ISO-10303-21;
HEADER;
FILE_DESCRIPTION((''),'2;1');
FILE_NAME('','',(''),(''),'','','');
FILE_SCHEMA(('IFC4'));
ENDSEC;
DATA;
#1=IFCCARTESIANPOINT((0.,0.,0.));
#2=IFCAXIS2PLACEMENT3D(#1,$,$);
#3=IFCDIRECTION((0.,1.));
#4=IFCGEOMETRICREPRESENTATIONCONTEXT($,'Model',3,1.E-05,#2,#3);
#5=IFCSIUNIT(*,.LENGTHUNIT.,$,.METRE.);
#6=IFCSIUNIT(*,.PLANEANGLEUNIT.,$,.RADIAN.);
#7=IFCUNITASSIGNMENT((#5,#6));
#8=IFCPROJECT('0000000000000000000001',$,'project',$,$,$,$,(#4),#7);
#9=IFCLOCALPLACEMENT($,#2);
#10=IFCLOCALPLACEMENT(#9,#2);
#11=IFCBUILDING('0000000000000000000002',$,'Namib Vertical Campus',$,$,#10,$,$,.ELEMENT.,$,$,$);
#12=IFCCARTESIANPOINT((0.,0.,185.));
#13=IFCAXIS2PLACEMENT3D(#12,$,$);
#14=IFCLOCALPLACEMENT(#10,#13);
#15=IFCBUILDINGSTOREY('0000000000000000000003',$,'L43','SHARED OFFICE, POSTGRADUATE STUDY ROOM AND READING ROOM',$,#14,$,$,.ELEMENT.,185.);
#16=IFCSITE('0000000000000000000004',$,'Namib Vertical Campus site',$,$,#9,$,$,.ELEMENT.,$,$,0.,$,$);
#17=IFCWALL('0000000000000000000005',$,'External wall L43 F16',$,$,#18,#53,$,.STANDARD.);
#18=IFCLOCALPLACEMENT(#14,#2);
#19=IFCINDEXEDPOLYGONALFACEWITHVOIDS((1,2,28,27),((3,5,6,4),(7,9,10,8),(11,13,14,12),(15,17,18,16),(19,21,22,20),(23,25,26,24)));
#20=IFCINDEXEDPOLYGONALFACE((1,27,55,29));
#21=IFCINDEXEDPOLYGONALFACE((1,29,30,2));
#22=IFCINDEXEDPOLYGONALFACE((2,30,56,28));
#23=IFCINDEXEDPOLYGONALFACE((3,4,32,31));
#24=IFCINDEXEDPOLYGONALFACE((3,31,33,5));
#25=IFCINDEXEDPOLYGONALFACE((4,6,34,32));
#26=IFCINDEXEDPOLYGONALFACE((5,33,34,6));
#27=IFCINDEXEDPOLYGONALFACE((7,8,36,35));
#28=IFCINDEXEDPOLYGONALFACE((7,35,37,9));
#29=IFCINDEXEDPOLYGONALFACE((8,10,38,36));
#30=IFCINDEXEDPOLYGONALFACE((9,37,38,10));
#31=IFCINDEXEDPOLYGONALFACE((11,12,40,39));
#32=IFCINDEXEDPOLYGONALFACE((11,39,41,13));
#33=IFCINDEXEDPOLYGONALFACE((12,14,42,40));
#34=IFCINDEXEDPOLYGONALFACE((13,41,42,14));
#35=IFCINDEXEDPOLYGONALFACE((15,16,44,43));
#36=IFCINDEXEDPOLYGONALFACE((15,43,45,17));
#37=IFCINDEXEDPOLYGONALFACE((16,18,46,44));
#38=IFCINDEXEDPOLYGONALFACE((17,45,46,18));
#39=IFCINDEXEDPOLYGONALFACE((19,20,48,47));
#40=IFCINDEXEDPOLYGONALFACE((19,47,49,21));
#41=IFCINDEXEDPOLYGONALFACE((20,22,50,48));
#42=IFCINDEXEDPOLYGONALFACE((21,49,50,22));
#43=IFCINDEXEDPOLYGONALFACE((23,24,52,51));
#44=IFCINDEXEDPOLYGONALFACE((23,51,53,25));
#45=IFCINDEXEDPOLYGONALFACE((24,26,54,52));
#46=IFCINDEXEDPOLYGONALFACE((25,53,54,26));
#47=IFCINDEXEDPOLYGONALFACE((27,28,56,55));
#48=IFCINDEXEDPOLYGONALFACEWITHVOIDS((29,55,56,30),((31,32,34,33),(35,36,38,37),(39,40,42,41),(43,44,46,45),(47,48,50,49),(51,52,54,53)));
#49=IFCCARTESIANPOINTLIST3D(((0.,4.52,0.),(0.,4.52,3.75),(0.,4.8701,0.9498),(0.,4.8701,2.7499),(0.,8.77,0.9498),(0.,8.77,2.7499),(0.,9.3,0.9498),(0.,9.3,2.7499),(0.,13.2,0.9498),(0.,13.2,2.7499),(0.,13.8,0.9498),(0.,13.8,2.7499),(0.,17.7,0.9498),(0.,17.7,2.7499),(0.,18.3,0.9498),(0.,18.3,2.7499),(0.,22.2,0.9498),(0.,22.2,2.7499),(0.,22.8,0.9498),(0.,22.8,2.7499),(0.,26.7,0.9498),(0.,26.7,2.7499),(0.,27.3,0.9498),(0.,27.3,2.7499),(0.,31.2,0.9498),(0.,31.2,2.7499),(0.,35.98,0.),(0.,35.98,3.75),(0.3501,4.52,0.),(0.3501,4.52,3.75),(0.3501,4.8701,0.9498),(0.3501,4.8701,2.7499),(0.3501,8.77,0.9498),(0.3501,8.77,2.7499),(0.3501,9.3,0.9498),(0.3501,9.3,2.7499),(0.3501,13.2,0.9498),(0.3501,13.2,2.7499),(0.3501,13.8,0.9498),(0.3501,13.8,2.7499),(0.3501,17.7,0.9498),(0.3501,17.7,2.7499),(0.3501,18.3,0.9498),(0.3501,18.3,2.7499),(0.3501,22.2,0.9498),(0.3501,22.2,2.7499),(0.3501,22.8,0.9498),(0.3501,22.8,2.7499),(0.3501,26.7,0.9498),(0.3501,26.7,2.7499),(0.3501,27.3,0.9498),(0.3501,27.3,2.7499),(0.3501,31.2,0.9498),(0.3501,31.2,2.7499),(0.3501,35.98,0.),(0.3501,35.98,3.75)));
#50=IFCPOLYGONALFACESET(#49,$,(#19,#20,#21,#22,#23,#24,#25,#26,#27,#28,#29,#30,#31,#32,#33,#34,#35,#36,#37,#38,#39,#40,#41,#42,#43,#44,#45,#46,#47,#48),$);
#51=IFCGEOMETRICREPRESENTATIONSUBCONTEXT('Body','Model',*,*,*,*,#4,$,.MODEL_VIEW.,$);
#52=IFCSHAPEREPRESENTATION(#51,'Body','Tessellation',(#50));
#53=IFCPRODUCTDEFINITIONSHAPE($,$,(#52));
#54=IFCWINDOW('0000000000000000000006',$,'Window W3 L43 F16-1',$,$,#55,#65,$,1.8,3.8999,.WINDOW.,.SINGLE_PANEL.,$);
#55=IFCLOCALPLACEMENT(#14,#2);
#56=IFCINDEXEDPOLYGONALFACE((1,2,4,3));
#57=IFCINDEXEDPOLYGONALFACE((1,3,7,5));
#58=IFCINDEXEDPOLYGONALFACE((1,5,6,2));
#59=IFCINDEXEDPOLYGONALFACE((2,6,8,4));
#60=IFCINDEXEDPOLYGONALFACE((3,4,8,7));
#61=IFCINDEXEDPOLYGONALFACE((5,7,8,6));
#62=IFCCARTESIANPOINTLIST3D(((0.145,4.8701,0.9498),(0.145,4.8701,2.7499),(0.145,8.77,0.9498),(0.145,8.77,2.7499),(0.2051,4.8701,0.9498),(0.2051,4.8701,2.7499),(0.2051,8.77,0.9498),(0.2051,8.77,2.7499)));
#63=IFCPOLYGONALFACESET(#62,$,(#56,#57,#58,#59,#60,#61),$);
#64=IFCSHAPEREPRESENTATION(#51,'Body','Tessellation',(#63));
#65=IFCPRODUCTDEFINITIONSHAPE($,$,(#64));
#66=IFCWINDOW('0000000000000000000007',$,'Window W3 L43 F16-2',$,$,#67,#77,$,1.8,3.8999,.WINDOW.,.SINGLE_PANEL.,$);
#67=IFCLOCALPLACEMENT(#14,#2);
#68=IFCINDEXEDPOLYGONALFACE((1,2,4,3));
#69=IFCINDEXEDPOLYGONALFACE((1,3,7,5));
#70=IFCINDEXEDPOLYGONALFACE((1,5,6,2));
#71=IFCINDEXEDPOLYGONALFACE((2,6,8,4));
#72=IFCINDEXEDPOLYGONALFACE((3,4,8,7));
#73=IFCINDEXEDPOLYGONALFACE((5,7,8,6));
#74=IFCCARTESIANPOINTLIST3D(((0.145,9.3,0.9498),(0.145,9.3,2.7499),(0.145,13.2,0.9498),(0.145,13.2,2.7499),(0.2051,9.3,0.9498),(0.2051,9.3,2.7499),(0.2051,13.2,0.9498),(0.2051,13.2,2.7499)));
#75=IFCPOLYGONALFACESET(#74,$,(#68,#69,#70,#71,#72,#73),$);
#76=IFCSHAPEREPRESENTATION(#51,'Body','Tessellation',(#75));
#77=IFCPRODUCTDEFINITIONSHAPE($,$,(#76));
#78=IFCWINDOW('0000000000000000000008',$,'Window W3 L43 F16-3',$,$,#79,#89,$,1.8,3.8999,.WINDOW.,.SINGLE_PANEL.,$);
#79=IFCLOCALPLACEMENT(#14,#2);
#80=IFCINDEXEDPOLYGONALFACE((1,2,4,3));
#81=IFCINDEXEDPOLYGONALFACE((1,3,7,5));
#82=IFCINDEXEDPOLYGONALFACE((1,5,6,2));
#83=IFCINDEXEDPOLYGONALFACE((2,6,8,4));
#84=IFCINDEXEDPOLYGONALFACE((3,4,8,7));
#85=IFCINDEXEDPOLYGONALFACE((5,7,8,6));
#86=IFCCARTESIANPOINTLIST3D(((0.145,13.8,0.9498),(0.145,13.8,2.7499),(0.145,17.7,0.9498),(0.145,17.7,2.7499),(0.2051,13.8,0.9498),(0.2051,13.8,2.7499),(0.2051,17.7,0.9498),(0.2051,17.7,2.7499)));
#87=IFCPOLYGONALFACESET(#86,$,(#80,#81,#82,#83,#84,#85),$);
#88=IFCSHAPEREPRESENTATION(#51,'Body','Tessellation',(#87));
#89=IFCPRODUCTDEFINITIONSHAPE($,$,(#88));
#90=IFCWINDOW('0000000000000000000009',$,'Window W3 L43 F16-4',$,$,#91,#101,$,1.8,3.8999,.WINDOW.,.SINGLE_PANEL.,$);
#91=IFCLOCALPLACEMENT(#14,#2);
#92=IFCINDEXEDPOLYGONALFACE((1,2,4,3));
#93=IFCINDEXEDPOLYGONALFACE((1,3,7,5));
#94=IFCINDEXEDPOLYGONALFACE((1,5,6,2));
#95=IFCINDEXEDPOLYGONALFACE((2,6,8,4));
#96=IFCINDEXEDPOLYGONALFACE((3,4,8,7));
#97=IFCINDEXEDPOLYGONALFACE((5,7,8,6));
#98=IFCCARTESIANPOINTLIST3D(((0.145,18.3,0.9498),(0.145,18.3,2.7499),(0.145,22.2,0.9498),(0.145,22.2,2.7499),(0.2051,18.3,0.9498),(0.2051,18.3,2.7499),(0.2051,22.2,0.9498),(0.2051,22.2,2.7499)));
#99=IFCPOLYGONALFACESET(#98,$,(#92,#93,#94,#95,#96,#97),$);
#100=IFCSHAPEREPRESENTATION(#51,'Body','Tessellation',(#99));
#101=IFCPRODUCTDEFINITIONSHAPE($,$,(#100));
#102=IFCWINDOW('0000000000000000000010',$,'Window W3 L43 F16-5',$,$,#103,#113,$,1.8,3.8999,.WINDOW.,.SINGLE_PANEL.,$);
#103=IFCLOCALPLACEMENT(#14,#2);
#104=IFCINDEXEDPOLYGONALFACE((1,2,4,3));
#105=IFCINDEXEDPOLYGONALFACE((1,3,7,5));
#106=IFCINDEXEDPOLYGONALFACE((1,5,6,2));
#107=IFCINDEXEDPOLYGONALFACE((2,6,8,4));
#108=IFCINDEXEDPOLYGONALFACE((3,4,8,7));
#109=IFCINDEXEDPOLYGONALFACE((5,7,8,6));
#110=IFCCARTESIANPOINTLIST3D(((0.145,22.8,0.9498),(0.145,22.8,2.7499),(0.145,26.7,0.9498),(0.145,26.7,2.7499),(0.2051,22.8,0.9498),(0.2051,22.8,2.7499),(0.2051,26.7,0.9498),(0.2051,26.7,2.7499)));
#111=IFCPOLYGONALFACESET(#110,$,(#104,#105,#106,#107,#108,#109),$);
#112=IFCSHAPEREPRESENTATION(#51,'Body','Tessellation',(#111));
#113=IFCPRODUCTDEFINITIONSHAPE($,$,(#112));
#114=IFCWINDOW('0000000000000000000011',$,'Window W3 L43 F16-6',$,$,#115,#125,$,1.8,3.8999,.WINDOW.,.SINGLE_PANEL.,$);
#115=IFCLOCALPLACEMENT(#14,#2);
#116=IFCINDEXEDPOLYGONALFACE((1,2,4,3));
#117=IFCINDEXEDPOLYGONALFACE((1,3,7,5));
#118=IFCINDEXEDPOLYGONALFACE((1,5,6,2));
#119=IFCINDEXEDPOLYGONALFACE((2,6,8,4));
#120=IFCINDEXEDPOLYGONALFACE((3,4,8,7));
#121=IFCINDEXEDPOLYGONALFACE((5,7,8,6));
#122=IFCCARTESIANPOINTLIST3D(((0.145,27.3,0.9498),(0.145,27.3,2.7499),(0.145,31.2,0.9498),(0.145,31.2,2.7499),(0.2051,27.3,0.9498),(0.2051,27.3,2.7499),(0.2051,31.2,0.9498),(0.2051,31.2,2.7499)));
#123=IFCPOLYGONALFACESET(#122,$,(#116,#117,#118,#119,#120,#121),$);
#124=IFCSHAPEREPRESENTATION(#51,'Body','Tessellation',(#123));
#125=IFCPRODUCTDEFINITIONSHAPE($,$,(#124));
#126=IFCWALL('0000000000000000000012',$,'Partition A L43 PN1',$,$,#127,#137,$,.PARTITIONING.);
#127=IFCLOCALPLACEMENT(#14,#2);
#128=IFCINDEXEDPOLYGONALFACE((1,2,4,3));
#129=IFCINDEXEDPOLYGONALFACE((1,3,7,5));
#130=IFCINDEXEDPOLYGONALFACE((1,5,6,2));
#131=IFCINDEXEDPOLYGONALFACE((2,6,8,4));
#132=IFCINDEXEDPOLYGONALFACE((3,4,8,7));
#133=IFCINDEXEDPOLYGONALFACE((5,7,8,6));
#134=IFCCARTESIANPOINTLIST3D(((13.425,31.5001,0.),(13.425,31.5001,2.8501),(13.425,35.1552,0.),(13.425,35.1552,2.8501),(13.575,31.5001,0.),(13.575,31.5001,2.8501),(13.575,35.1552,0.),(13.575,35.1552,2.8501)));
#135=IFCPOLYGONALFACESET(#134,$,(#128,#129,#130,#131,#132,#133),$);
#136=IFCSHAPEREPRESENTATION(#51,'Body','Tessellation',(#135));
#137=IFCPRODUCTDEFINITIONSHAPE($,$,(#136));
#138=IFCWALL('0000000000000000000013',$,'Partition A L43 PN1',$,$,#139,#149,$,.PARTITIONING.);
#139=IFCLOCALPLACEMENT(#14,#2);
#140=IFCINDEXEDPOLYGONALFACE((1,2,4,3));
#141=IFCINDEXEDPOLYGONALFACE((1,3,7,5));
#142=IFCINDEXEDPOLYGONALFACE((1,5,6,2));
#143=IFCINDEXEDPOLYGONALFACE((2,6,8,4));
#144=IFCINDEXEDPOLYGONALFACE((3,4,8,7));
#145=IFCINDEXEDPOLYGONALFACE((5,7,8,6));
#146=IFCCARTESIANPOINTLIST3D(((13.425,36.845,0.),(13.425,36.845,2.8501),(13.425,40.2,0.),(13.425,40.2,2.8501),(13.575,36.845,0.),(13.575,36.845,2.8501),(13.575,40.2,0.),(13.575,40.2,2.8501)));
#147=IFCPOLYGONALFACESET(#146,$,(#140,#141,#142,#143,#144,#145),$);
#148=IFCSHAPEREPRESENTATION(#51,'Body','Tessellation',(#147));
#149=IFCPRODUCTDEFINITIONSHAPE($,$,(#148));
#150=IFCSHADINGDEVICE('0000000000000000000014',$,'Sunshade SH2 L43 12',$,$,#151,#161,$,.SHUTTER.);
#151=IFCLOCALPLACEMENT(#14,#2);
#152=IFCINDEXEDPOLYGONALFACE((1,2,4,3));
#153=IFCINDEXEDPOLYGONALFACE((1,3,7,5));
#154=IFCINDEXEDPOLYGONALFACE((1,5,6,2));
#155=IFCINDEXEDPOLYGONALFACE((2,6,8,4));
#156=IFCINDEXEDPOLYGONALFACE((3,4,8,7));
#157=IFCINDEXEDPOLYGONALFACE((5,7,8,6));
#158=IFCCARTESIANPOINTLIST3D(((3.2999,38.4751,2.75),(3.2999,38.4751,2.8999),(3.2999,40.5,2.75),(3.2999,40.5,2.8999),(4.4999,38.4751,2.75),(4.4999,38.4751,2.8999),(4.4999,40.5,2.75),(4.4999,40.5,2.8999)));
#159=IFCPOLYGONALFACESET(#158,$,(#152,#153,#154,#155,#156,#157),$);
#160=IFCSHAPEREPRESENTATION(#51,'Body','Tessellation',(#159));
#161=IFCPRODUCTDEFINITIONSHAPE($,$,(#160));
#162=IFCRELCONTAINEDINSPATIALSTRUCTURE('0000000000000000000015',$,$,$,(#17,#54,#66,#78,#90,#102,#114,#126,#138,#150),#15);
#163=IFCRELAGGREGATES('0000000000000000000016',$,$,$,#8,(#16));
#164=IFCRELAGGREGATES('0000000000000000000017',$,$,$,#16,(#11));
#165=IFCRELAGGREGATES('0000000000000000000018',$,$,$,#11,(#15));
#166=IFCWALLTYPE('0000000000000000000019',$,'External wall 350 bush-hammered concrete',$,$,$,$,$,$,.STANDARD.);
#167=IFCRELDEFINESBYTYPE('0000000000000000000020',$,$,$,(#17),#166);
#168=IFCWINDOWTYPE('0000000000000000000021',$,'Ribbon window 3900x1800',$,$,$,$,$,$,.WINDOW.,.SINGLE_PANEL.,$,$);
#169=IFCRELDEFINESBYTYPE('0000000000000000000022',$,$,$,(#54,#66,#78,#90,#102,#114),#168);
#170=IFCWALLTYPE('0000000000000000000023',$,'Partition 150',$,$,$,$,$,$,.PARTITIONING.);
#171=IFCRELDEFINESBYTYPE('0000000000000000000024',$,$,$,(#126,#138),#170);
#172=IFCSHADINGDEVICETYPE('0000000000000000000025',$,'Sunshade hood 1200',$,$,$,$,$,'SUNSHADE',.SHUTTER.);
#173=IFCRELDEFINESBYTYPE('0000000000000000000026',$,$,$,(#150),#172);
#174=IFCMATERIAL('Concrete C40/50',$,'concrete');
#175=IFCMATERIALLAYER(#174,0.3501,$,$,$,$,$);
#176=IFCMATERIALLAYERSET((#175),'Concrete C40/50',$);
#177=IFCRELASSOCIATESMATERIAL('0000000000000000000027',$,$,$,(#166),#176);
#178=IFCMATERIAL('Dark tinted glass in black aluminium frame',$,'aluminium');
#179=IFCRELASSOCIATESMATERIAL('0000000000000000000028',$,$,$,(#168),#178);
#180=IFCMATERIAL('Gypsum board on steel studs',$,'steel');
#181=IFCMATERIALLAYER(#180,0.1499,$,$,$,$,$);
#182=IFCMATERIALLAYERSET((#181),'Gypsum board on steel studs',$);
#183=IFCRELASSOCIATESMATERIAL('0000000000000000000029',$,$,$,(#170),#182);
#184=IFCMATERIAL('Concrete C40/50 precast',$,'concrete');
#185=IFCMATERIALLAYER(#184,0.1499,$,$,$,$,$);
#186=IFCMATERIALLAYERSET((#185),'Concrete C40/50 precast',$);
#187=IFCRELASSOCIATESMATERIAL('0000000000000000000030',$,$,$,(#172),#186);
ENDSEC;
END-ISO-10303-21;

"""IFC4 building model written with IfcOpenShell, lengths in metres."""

from ifc_helpers import new_model, si_unit, direction, frame, frame_2d, origin, origin_2d, place, context, subcontext, project, spatial, rectangle, extrude, material, layer, layer_set, type_object, element, fill, save


model = new_model("IFC4")

# Units and contexts
model_context = context("Model", 3, precision=1e-05, world=origin(), true_north=direction((0.0, 1.0)))
body_context = subcontext(model_context, "Body", "Model", "MODEL_VIEW")
ifc_project = project(units=[si_unit("LENGTHUNIT", "METRE"), si_unit("PLANEANGLEUNIT", "RADIAN")], contexts=[model_context])

# Site, building, storey
site_placement = place(None, origin())
site = spatial("IfcSite", under=ifc_project, at=site_placement, Name="Namib Vertical Campus site", CompositionType="ELEMENT", RefElevation=0.0)
building_placement = place(site_placement, origin())
building = spatial("IfcBuilding", under=site, at=building_placement, Name="Namib Vertical Campus", CompositionType="ELEMENT")
storey_placement = place(building_placement, frame((0.0, 0.0, 185.0)))
storey = spatial("IfcBuildingStorey", under=building, at=storey_placement, Name="L43", Description="SHARED OFFICE, POSTGRADUATE STUDY ROOM AND READING ROOM", CompositionType="ELEMENT", Elevation=185.0)

# Shared definitions
ifc_material_1 = material(Name="Concrete C40/50", Category="concrete")
ifc_layer_1 = layer(ifc_material_1, 0.3501)
ifc_layer_set_1 = layer_set([ifc_layer_1], Name="Concrete C40/50")
wall_type_1 = type_object("IfcWallType", Name="External wall 350 bush-hammered concrete", PredefinedType="STANDARD", material=ifc_layer_set_1)

# Wall, openings, windows
wall_1_placement = place(storey_placement, frame((0.175, 35.98, 0.0), z_axis=(0.0, 0.0, 1.0), x_axis=(0.0, -1.0, 0.0)))
wall_1 = element("IfcWall", 1, at=wall_1_placement, inside=storey, type_object=wall_type_1, Name="External wall L43 F16", PredefinedType="STANDARD", context=body_context, shape_type="SweptSolid", body=[
    extrude(rectangle(XDim=31.46, YDim=0.3501, at=frame_2d((15.73, 0.0))), origin(), (0.0, 0.0, 1.0), 3.75),
])
opening_1_placement = place(wall_1_placement, frame((27.21, 0.0, 0.95)))
opening_1 = element("IfcOpeningElement", 2, at=opening_1_placement, cuts=wall_1, PredefinedType="OPENING", context=body_context, shape_type="SweptSolid", body=[
    extrude(rectangle(XDim=3.8999, YDim=1.8, at=frame_2d((1.95, 0.8999))), frame((0.0, 0.1851, 0.0), z_axis=(0.0, -1.0, 0.0), x_axis=(1.0, 0.0, 0.0)), (0.0, 0.0, 1.0), 0.3701),
])
opening_2_placement = place(wall_1_placement, frame((22.78, 0.0, 0.95)))
opening_2 = element("IfcOpeningElement", 3, at=opening_2_placement, cuts=wall_1, PredefinedType="OPENING", context=body_context, shape_type="SweptSolid", body=[
    extrude(rectangle(XDim=3.8999, YDim=1.8, at=frame_2d((1.95, 0.8999))), frame((0.0, 0.1851, 0.0), z_axis=(0.0, -1.0, 0.0), x_axis=(1.0, 0.0, 0.0)), (0.0, 0.0, 1.0), 0.3701),
])
opening_3_placement = place(wall_1_placement, frame((18.28, 0.0, 0.95)))
opening_3 = element("IfcOpeningElement", 4, at=opening_3_placement, cuts=wall_1, PredefinedType="OPENING", context=body_context, shape_type="SweptSolid", body=[
    extrude(rectangle(XDim=3.8999, YDim=1.8, at=frame_2d((1.95, 0.8999))), frame((0.0, 0.1851, 0.0), z_axis=(0.0, -1.0, 0.0), x_axis=(1.0, 0.0, 0.0)), (0.0, 0.0, 1.0), 0.3701),
])
opening_4_placement = place(wall_1_placement, frame((13.78, 0.0, 0.95)))
opening_4 = element("IfcOpeningElement", 5, at=opening_4_placement, cuts=wall_1, PredefinedType="OPENING", context=body_context, shape_type="SweptSolid", body=[
    extrude(rectangle(XDim=3.8999, YDim=1.8, at=frame_2d((1.95, 0.8999))), frame((0.0, 0.1851, 0.0), z_axis=(0.0, -1.0, 0.0), x_axis=(1.0, 0.0, 0.0)), (0.0, 0.0, 1.0), 0.3701),
])
opening_5_placement = place(wall_1_placement, frame((9.28, 0.0, 0.95)))
opening_5 = element("IfcOpeningElement", 6, at=opening_5_placement, cuts=wall_1, PredefinedType="OPENING", context=body_context, shape_type="SweptSolid", body=[
    extrude(rectangle(XDim=3.8999, YDim=1.8, at=frame_2d((1.95, 0.8999))), frame((0.0, 0.1851, 0.0), z_axis=(0.0, -1.0, 0.0), x_axis=(1.0, 0.0, 0.0)), (0.0, 0.0, 1.0), 0.3701),
])
opening_6_placement = place(wall_1_placement, frame((4.78, 0.0, 0.95)))
opening_6 = element("IfcOpeningElement", 7, at=opening_6_placement, cuts=wall_1, PredefinedType="OPENING", context=body_context, shape_type="SweptSolid", body=[
    extrude(rectangle(XDim=3.8999, YDim=1.8, at=frame_2d((1.95, 0.8999))), frame((0.0, 0.1851, 0.0), z_axis=(0.0, -1.0, 0.0), x_axis=(1.0, 0.0, 0.0)), (0.0, 0.0, 1.0), 0.3701),
])
ifc_material_2 = material(Name="Dark tinted glass in black aluminium frame", Category="aluminium")
window_type = type_object("IfcWindowType", Name="Ribbon window 3900x1800", PartitioningType="SINGLE_PANEL", PredefinedType="WINDOW", material=ifc_material_2)
window_1_placement = place(opening_1_placement, origin())
window_1 = element("IfcWindow", 8, at=window_1_placement, inside=storey, type_object=window_type, Name="Window W3 L43 F16-1", OverallHeight=1.8, OverallWidth=3.8999, PartitioningType="SINGLE_PANEL", PredefinedType="WINDOW", context=body_context, shape_type="SweptSolid", body=[
    extrude(rectangle(XDim=3.8999, YDim=1.8, at=frame_2d((1.95, 0.8999))), frame((0.0, 0.03, 0.0), z_axis=(0.0, -1.0, 0.0), x_axis=(1.0, 0.0, 0.0)), (0.0, 0.0, 1.0), 0.0601),
])
fill(opening_1, window_1)
window_2_placement = place(opening_2_placement, origin())
window_2 = element("IfcWindow", 9, at=window_2_placement, inside=storey, type_object=window_type, Name="Window W3 L43 F16-2", OverallHeight=1.8, OverallWidth=3.8999, PartitioningType="SINGLE_PANEL", PredefinedType="WINDOW", context=body_context, shape_type="SweptSolid", body=[
    extrude(rectangle(XDim=3.8999, YDim=1.8, at=frame_2d((1.95, 0.8999))), frame((0.0, 0.03, 0.0), z_axis=(0.0, -1.0, 0.0), x_axis=(1.0, 0.0, 0.0)), (0.0, 0.0, 1.0), 0.0601),
])
fill(opening_2, window_2)
window_3_placement = place(opening_3_placement, origin())
window_3 = element("IfcWindow", 10, at=window_3_placement, inside=storey, type_object=window_type, Name="Window W3 L43 F16-3", OverallHeight=1.8, OverallWidth=3.8999, PartitioningType="SINGLE_PANEL", PredefinedType="WINDOW", context=body_context, shape_type="SweptSolid", body=[
    extrude(rectangle(XDim=3.8999, YDim=1.8, at=frame_2d((1.95, 0.8999))), frame((0.0, 0.03, 0.0), z_axis=(0.0, -1.0, 0.0), x_axis=(1.0, 0.0, 0.0)), (0.0, 0.0, 1.0), 0.0601),
])
fill(opening_3, window_3)
window_4_placement = place(opening_4_placement, origin())
window_4 = element("IfcWindow", 11, at=window_4_placement, inside=storey, type_object=window_type, Name="Window W3 L43 F16-4", OverallHeight=1.8, OverallWidth=3.8999, PartitioningType="SINGLE_PANEL", PredefinedType="WINDOW", context=body_context, shape_type="SweptSolid", body=[
    extrude(rectangle(XDim=3.8999, YDim=1.8, at=frame_2d((1.95, 0.8999))), frame((0.0, 0.03, 0.0), z_axis=(0.0, -1.0, 0.0), x_axis=(1.0, 0.0, 0.0)), (0.0, 0.0, 1.0), 0.0601),
])
fill(opening_4, window_4)
window_5_placement = place(opening_5_placement, origin())
window_5 = element("IfcWindow", 12, at=window_5_placement, inside=storey, type_object=window_type, Name="Window W3 L43 F16-5", OverallHeight=1.8, OverallWidth=3.8999, PartitioningType="SINGLE_PANEL", PredefinedType="WINDOW", context=body_context, shape_type="SweptSolid", body=[
    extrude(rectangle(XDim=3.8999, YDim=1.8, at=frame_2d((1.95, 0.8999))), frame((0.0, 0.03, 0.0), z_axis=(0.0, -1.0, 0.0), x_axis=(1.0, 0.0, 0.0)), (0.0, 0.0, 1.0), 0.0601),
])
fill(opening_5, window_5)
window_6_placement = place(opening_6_placement, origin())
window_6 = element("IfcWindow", 13, at=window_6_placement, inside=storey, type_object=window_type, Name="Window W3 L43 F16-6", OverallHeight=1.8, OverallWidth=3.8999, PartitioningType="SINGLE_PANEL", PredefinedType="WINDOW", context=body_context, shape_type="SweptSolid", body=[
    extrude(rectangle(XDim=3.8999, YDim=1.8, at=frame_2d((1.95, 0.8999))), frame((0.0, 0.03, 0.0), z_axis=(0.0, -1.0, 0.0), x_axis=(1.0, 0.0, 0.0)), (0.0, 0.0, 1.0), 0.0601),
])
fill(opening_6, window_6)

# Walls
ifc_material_3 = material(Name="Gypsum board on steel studs", Category="steel")
ifc_layer_2 = layer(ifc_material_3, 0.1499)
ifc_layer_set_2 = layer_set([ifc_layer_2], Name="Gypsum board on steel studs")
wall_type_2 = type_object("IfcWallType", Name="Partition 150", PredefinedType="PARTITIONING", material=ifc_layer_set_2)
wall_2_placement = place(storey_placement, frame((13.5, 31.5, 0.0), z_axis=(0.0, 0.0, 1.0), x_axis=(0.0, 1.0, 0.0)))
element("IfcWall", 14, at=wall_2_placement, inside=storey, type_object=wall_type_2, Name="Partition A L43 PN1", PredefinedType="PARTITIONING", context=body_context, shape_type="SweptSolid", body=[
    extrude(rectangle(XDim=3.655, YDim=0.1499, at=frame_2d((1.8276, 0.0))), origin(), (0.0, 0.0, 1.0), 2.8501),
])
wall_3_placement = place(storey_placement, frame((13.5, 36.845, 0.0), z_axis=(0.0, 0.0, 1.0), x_axis=(0.0, 1.0, 0.0)))
element("IfcWall", 15, at=wall_3_placement, inside=storey, type_object=wall_type_2, Name="Partition A L43 PN1", PredefinedType="PARTITIONING", context=body_context, shape_type="SweptSolid", body=[
    extrude(rectangle(XDim=3.355, YDim=0.1499, at=frame_2d((1.6775, 0.0))), origin(), (0.0, 0.0, 1.0), 2.8501),
])

# Shading device
ifc_material_4 = material(Name="Concrete C40/50 precast", Category="concrete")
ifc_layer_3 = layer(ifc_material_4, 0.1499)
ifc_layer_set_3 = layer_set([ifc_layer_3], Name="Concrete C40/50 precast")
shading_device_type = type_object("IfcShadingDeviceType", Name="Sunshade hood 1200", ElementType="SUNSHADE", PredefinedType="SHUTTER", material=ifc_layer_set_3)
for number, where, z_axis, x_axis, name in (
    (16, (3.8999, 39.4875, 2.75), (0.0, 0.0, 1.0), (0.0, -1.0, 0.0), "Sunshade SH2 L43 12"),
):
    element("IfcShadingDevice", number, at=place(storey_placement, frame(where, z_axis=z_axis, x_axis=x_axis)), inside=storey, type_object=shading_device_type, Name=name, PredefinedType="SHUTTER", context=body_context, shape_type="SweptSolid", body=[
        extrude(rectangle(XDim=2.0249, YDim=1.2, at=origin_2d()), origin(), (0.0, 0.0, 1.0), 0.1499),
    ])

save(model, "model.ifc")
